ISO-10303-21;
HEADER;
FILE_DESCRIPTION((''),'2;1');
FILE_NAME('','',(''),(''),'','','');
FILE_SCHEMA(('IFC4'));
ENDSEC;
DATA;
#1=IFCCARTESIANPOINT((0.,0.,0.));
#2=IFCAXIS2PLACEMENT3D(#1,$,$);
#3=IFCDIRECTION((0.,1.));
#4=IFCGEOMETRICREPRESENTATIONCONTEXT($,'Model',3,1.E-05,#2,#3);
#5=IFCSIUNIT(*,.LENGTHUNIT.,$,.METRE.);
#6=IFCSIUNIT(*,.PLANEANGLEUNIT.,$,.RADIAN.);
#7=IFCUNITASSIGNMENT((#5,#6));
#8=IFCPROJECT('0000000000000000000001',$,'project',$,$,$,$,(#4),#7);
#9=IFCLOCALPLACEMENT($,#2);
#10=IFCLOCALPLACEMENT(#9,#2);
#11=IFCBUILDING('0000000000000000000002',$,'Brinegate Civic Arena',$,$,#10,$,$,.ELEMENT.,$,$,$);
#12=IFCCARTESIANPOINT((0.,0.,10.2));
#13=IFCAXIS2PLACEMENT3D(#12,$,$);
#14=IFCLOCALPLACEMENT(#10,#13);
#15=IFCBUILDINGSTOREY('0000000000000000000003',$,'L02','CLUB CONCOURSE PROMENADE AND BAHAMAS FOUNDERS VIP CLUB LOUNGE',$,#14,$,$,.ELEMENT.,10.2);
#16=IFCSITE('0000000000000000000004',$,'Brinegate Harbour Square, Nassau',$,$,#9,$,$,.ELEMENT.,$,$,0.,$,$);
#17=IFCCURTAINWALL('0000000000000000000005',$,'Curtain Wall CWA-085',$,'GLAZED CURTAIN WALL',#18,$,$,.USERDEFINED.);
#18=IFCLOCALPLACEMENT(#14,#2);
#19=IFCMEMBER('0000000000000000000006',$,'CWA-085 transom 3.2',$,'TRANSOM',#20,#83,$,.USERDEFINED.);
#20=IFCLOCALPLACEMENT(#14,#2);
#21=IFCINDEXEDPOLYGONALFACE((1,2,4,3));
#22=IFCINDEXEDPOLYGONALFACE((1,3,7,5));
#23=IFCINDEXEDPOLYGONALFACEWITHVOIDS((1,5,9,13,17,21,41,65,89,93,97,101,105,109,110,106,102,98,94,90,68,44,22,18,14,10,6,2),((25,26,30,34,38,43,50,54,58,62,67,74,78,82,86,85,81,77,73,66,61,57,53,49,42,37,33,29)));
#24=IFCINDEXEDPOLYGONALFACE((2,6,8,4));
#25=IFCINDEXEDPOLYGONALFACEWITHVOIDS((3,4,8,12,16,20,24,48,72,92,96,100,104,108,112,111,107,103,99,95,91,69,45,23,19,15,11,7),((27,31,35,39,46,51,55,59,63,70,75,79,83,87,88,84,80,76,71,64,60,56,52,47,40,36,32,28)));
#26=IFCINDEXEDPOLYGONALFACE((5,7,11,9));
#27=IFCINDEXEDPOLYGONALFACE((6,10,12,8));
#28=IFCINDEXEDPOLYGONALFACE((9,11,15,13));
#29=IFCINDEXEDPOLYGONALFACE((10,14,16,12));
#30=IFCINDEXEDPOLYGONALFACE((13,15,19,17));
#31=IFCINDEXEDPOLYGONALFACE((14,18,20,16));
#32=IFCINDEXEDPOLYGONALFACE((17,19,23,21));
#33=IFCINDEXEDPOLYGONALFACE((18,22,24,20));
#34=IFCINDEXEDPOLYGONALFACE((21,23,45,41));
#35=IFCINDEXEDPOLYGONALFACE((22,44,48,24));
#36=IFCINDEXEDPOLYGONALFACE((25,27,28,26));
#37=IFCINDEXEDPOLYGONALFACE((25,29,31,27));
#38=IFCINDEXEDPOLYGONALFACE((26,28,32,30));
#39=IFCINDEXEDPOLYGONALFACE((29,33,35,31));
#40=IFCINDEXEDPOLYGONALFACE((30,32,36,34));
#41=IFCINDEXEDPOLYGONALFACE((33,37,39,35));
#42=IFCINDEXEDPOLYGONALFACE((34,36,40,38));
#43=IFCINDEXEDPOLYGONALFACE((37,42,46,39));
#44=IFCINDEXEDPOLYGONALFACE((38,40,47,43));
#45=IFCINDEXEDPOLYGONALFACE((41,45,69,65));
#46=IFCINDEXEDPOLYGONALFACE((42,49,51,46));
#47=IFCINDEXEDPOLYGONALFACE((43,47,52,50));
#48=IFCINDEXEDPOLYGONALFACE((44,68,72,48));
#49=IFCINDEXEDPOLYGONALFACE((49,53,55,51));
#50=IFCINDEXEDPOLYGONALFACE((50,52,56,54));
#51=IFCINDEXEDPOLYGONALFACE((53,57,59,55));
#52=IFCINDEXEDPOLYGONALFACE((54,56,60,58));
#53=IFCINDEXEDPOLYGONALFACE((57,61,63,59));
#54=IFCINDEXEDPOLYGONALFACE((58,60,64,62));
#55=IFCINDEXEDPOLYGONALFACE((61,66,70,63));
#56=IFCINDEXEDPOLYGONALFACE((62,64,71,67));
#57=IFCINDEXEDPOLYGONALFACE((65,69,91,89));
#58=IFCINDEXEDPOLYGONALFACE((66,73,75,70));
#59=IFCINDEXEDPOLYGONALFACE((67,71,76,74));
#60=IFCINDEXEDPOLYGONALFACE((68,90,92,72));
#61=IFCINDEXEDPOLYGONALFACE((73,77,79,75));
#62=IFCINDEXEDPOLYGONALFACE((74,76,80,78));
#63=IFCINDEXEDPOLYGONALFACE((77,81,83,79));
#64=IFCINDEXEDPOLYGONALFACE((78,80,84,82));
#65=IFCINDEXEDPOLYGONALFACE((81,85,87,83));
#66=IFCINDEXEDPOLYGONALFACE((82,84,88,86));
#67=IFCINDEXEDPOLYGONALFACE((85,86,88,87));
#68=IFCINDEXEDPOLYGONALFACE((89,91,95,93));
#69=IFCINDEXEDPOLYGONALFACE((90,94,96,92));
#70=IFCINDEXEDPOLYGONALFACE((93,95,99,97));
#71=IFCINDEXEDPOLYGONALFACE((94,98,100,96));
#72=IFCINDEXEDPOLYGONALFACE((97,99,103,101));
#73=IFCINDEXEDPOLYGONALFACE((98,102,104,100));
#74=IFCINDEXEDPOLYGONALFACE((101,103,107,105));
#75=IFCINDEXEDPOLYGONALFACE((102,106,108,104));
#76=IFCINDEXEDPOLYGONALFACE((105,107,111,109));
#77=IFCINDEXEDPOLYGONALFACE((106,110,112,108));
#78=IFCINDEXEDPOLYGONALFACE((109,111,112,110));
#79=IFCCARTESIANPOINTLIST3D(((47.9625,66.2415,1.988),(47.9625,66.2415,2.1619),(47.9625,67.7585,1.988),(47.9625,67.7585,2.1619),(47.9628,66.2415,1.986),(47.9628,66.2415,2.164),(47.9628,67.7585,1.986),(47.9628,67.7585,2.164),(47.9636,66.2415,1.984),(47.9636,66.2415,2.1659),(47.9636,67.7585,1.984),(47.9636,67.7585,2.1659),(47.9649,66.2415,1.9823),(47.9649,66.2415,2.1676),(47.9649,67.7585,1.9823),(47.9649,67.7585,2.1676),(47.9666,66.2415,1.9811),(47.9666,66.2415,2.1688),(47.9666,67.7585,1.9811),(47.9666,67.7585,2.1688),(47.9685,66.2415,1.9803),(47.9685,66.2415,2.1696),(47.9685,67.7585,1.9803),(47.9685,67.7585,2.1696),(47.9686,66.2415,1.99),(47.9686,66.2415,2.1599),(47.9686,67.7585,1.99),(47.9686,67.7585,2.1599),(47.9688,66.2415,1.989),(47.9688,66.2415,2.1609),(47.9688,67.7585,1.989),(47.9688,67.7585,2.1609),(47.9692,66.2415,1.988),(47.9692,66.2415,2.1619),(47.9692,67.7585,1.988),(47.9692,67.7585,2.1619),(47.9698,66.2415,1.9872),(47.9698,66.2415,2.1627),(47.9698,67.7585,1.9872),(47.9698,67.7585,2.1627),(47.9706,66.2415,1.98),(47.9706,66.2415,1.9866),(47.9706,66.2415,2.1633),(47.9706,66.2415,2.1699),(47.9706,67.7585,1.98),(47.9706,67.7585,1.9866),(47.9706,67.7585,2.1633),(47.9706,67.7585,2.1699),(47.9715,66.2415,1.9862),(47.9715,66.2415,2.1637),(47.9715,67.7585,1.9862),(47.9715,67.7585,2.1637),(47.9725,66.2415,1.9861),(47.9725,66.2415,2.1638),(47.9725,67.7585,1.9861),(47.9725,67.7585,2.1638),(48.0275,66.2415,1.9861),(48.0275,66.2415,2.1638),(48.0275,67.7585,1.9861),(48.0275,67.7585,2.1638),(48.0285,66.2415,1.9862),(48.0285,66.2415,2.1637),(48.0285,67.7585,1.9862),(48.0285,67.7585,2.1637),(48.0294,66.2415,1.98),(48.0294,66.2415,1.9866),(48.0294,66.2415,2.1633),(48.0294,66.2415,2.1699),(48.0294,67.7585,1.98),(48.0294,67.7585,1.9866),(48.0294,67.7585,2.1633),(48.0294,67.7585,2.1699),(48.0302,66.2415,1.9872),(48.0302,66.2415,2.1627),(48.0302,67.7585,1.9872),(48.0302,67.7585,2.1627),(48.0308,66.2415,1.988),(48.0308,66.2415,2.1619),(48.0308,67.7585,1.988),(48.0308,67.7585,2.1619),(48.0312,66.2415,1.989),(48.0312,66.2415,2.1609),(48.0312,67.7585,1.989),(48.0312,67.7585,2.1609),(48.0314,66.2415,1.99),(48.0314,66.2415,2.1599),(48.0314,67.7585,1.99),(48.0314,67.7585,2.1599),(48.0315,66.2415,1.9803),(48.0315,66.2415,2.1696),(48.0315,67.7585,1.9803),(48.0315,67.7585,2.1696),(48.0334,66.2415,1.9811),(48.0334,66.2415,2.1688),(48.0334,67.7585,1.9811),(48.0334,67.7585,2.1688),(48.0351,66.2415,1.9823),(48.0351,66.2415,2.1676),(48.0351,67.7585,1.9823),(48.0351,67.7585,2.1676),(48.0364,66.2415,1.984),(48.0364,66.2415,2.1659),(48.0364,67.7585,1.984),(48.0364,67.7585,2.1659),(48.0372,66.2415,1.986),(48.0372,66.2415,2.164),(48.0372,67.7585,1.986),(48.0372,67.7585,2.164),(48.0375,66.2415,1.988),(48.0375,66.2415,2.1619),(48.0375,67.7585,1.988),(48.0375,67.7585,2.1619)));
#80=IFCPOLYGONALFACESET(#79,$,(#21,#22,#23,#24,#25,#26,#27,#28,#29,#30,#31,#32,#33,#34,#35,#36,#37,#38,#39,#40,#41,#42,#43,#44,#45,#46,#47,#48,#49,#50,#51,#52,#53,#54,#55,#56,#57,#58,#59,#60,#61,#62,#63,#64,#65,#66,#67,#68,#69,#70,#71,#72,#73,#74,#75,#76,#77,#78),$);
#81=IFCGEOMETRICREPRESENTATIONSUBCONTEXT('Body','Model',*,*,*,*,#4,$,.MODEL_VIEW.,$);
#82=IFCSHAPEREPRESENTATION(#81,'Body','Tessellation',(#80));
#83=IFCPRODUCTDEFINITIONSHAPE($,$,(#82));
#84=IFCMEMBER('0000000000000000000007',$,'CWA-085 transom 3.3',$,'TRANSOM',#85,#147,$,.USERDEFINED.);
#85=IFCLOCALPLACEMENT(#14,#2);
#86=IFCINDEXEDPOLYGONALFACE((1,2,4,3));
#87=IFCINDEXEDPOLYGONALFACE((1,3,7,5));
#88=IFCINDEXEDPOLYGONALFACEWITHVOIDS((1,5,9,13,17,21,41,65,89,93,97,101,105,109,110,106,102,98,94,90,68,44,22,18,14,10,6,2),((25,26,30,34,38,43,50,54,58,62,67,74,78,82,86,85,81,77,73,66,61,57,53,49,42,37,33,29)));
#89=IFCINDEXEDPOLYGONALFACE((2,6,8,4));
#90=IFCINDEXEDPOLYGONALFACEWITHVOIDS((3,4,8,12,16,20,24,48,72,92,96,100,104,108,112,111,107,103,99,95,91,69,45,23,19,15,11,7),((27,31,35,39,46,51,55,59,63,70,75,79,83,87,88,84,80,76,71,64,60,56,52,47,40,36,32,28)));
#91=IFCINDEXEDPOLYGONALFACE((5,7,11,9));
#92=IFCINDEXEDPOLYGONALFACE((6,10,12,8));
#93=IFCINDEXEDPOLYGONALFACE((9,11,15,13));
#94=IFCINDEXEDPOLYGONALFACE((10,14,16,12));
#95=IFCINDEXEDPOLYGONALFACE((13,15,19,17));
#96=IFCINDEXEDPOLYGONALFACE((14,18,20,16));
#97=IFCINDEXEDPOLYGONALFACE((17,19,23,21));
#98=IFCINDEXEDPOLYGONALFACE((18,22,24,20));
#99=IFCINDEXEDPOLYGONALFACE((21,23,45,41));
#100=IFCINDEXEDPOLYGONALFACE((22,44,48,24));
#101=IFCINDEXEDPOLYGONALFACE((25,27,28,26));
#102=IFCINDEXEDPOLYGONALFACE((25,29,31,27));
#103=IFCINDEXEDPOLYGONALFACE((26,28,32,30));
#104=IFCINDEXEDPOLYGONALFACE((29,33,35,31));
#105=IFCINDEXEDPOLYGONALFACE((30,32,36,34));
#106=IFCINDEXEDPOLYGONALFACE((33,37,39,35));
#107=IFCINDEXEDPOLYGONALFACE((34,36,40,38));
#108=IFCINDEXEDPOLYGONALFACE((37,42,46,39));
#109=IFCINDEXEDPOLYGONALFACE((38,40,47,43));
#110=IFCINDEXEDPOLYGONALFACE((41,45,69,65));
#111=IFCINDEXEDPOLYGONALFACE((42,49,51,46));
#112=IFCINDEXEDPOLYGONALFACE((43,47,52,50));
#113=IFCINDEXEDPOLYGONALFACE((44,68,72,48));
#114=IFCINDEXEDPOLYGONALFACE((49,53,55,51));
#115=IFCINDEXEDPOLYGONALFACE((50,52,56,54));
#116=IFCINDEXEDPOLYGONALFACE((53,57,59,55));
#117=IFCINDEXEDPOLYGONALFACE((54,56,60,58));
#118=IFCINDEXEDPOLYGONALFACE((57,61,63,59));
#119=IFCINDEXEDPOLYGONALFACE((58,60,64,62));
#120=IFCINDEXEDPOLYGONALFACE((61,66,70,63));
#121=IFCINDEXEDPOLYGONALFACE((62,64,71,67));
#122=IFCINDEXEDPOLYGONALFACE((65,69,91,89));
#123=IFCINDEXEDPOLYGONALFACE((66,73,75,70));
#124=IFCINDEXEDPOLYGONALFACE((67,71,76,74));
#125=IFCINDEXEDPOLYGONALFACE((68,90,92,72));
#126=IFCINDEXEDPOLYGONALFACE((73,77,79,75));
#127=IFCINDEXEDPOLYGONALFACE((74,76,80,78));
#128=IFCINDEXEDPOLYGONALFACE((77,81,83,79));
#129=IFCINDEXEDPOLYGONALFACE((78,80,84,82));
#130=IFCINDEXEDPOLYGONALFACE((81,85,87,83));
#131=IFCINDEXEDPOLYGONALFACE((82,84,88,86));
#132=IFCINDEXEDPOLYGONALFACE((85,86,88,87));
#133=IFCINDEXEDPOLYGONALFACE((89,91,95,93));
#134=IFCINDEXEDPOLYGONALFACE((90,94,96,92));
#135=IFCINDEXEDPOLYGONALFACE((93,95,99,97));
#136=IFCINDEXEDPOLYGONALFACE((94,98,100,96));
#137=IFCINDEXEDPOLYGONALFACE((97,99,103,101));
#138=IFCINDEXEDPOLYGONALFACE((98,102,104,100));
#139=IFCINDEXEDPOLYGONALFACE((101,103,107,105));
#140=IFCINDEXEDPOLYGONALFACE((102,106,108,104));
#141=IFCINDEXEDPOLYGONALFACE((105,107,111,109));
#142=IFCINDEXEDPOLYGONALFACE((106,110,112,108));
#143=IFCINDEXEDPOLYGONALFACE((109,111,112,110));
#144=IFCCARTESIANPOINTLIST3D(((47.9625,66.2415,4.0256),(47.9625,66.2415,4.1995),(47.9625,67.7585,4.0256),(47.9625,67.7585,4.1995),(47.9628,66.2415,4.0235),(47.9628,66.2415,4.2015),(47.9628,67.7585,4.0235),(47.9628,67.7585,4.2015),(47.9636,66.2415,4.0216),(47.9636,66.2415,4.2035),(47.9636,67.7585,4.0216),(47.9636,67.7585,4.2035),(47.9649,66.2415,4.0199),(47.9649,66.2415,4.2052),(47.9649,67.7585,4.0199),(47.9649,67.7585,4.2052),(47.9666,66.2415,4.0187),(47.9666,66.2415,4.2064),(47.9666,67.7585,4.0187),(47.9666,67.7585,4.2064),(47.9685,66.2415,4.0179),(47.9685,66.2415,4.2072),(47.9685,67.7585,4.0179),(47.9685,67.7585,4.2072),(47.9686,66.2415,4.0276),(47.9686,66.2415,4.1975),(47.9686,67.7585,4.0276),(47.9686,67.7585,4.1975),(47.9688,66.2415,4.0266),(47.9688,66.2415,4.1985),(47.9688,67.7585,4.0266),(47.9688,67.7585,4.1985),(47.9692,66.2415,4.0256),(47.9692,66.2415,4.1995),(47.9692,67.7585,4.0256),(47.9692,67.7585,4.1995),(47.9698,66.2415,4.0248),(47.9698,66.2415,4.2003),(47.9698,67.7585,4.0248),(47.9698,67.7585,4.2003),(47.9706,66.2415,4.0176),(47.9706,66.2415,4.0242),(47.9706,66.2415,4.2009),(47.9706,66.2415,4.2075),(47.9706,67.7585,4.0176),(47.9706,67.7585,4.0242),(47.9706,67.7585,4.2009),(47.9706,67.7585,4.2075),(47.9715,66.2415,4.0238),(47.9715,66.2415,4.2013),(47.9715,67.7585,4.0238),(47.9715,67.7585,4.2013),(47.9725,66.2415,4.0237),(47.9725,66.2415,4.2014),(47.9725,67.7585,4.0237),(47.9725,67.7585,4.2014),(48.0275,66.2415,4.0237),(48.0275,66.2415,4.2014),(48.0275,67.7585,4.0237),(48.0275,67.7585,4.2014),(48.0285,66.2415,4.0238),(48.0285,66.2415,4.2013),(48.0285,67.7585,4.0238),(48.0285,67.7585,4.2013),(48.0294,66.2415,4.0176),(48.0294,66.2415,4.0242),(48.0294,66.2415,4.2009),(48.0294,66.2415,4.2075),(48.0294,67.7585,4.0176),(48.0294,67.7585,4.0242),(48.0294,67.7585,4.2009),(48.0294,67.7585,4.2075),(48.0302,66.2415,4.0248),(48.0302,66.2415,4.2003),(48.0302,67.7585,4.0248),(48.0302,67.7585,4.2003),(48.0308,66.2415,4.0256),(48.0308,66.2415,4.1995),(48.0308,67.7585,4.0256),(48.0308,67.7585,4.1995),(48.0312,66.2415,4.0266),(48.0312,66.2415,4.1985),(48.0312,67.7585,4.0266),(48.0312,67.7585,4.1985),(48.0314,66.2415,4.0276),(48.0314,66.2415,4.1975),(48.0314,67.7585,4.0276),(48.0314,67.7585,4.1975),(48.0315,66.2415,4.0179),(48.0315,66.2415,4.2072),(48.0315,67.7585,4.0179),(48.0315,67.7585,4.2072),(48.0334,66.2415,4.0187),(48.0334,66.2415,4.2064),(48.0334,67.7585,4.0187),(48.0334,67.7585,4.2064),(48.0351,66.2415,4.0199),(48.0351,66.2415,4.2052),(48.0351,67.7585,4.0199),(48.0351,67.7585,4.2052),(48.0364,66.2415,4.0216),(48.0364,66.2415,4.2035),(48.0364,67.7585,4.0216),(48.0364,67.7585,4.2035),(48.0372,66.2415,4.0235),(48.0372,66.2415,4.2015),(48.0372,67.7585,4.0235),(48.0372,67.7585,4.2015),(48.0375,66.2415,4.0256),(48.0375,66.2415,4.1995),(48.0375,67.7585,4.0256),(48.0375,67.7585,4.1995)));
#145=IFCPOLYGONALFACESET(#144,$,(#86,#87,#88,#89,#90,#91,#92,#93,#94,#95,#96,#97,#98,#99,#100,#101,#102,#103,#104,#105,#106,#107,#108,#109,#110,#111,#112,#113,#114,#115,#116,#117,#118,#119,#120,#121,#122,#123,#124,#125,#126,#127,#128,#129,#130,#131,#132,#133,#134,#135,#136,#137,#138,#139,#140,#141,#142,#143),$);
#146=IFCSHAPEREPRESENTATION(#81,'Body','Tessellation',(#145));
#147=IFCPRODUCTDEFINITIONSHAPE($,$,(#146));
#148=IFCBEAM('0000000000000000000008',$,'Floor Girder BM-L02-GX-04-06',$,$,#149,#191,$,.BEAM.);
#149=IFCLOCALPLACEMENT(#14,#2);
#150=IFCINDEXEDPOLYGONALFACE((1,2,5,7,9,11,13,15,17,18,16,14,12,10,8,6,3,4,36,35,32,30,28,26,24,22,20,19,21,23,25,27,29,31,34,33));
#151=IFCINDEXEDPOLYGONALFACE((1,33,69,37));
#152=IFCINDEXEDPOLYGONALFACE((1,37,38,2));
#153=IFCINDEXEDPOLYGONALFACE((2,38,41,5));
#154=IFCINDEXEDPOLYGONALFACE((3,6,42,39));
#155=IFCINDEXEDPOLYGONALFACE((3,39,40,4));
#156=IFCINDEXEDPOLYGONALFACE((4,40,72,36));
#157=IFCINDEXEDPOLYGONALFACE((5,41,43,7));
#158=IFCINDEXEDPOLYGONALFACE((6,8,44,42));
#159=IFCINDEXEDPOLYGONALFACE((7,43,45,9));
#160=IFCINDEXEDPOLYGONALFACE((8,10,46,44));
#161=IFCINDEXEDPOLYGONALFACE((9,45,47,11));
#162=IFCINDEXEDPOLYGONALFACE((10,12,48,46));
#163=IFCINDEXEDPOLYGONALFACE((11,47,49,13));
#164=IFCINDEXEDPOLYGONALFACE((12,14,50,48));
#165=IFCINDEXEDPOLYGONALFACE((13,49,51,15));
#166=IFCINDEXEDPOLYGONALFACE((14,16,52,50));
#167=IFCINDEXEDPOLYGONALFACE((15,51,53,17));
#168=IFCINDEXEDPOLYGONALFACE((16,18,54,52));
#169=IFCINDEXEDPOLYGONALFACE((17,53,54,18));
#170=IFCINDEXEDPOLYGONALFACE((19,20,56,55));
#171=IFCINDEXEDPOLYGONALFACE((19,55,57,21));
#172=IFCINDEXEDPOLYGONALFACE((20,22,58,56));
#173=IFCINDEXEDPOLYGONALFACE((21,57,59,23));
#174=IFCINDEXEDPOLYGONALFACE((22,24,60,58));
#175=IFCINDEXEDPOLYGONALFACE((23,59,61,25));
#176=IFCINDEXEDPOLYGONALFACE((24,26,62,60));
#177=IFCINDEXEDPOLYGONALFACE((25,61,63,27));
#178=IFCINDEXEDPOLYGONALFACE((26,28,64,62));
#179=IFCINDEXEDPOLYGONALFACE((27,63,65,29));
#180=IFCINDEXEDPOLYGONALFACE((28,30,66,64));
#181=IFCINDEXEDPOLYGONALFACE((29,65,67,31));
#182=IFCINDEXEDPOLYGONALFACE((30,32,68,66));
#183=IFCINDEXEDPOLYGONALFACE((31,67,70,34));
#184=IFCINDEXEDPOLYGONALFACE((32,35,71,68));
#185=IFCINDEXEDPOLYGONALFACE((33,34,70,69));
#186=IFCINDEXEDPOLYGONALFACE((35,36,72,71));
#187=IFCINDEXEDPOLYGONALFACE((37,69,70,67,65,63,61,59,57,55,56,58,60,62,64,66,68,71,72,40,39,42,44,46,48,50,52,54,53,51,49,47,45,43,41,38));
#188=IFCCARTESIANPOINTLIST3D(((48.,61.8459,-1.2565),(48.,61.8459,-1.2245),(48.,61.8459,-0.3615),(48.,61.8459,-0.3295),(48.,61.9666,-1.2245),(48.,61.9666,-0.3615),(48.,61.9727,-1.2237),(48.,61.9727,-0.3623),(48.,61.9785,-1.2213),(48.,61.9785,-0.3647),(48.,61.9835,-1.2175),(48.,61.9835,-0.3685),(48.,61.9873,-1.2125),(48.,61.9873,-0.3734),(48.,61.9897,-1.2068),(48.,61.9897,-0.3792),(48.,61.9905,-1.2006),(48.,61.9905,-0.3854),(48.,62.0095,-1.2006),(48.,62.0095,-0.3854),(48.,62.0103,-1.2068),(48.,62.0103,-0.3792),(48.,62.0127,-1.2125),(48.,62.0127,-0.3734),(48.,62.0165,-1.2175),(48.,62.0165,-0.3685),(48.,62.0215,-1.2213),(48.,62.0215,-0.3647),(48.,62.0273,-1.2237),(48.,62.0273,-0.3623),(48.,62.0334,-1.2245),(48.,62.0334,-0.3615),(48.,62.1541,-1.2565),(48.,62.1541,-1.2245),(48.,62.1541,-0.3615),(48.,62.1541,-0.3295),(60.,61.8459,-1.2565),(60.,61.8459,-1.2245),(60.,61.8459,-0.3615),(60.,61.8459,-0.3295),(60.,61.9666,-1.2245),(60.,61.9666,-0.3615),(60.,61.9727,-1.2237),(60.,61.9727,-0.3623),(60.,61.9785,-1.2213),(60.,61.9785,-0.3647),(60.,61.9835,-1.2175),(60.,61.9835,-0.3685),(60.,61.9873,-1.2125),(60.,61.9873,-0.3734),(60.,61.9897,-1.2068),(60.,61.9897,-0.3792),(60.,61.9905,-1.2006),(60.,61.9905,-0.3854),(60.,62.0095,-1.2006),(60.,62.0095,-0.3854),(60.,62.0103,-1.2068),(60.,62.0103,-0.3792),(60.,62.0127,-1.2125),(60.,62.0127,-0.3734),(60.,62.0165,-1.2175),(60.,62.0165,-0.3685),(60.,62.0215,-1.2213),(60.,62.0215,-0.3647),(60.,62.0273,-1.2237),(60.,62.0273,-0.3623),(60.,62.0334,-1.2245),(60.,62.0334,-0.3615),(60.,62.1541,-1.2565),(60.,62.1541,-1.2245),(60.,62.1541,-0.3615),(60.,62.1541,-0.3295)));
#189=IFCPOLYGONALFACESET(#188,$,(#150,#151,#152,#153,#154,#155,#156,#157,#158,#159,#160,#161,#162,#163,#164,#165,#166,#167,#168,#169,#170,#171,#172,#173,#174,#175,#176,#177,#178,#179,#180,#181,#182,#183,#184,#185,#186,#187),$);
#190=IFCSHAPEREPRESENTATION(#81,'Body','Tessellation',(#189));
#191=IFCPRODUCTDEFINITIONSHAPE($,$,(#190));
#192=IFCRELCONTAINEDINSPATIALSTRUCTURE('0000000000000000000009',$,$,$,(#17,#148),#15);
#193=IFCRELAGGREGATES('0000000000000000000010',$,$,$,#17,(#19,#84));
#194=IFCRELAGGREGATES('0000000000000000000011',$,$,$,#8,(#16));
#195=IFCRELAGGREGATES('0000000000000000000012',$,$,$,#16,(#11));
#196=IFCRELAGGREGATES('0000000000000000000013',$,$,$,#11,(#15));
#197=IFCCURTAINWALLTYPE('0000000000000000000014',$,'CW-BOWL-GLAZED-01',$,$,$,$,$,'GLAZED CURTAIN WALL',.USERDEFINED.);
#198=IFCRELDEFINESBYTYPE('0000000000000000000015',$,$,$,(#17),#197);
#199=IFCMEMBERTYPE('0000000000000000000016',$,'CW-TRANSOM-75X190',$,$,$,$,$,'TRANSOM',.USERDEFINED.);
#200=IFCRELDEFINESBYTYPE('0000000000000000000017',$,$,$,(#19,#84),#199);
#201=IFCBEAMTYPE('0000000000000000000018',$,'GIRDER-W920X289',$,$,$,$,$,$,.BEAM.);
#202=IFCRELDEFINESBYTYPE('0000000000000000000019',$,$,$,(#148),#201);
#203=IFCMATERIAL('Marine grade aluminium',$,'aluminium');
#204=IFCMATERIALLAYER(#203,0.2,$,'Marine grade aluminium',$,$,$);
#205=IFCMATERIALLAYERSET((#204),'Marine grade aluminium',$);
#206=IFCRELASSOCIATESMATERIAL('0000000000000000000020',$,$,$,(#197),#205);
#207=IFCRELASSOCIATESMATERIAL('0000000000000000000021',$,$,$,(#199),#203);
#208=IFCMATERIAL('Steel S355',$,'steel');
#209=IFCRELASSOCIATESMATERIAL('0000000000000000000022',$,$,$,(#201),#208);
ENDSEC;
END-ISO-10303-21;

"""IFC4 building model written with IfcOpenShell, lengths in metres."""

from ifc_helpers import new_model, si_unit, direction, frame, origin, origin_2d, place, context, subcontext, project, spatial, hollow_rectangle, i_section, extrude, material, layer, layer_set, material_profile, profile_set, type_object, element, aggregate, save


model = new_model("IFC4")

# Units and contexts
model_context = context("Model", 3, precision=1e-05, world=origin(), true_north=direction((0.0, 1.0)))
body_context = subcontext(model_context, "Body", "Model", "MODEL_VIEW")
ifc_project = project(units=[si_unit("LENGTHUNIT", "METRE"), si_unit("PLANEANGLEUNIT", "RADIAN")], contexts=[model_context])

# Site, building, storey
site_placement = place(None, origin())
site = spatial("IfcSite", under=ifc_project, at=site_placement, Name="Brinegate Harbour Square, Nassau", CompositionType="ELEMENT", RefElevation=0.0)
building_placement = place(site_placement, origin())
building = spatial("IfcBuilding", under=site, at=building_placement, Name="Brinegate Civic Arena", CompositionType="ELEMENT")
storey_placement = place(building_placement, frame((0.0, 0.0, 10.2)))
storey = spatial("IfcBuildingStorey", under=building, at=storey_placement, Name="L02", Description="CLUB CONCOURSE PROMENADE AND BAHAMAS FOUNDERS VIP CLUB LOUNGE", CompositionType="ELEMENT", Elevation=10.2)

# Curtain wall
ifc_material_1 = material(Name="Marine grade aluminium", Category="aluminium")
ifc_layer_1 = layer(ifc_material_1, 0.2, Name="Marine grade aluminium")
ifc_layer_set_1 = layer_set([ifc_layer_1], Name="Marine grade aluminium")
curtain_wall_type = type_object("IfcCurtainWallType", Name="CW-BOWL-GLAZED-01", ElementType="GLAZED CURTAIN WALL", PredefinedType="USERDEFINED", material=ifc_layer_set_1)
curtain_wall_1_placement = place(storey_placement, origin())
curtain_wall_1 = element("IfcCurtainWall", 1, at=curtain_wall_1_placement, inside=storey, type_object=curtain_wall_type, Name="Curtain Wall CWA-085", ObjectType="GLAZED CURTAIN WALL", PredefinedType="USERDEFINED")

# Members
ifc_material_profile_1 = material_profile(ifc_material_1, hollow_rectangle(XDim=0.075, YDim=0.1899, WallThickness=0.0061, InnerFilletRadius=0.0039, OuterFilletRadius=0.0081, at=origin_2d()), Name="TRN75X190")
ifc_profile_set_1 = profile_set([ifc_material_profile_1], Name="Marine grade aluminium")
member_type_1 = type_object("IfcMemberType", Name="CW-TRANSOM-75X190", ElementType="TRANSOM", PredefinedType="USERDEFINED", material=ifc_profile_set_1)
member_1_placement = place(storey_placement, frame((48.0, 66.2415, 2.075), z_axis=(0.0, 1.0, 0.0), x_axis=(-1.0, 0.0, 0.0)))
member_1 = element("IfcMember", 2, at=member_1_placement, type_object=member_type_1, Name="CWA-085 transom 3.2", ObjectType="TRANSOM", PredefinedType="USERDEFINED", context=body_context, shape_type="SweptSolid", body=[
    extrude(hollow_rectangle(XDim=0.075, YDim=0.1899, WallThickness=0.0061, InnerFilletRadius=0.0039, OuterFilletRadius=0.0081, at=origin_2d()), origin(), (0.0, 0.0, 1.0), 1.5171),
])
member_2_placement = place(storey_placement, frame((48.0, 66.2415, 4.1125), z_axis=(0.0, 1.0, 0.0), x_axis=(-1.0, 0.0, 0.0)))
member_2 = element("IfcMember", 3, at=member_2_placement, type_object=member_type_1, Name="CWA-085 transom 3.3", ObjectType="TRANSOM", PredefinedType="USERDEFINED", context=body_context, shape_type="SweptSolid", body=[
    extrude(hollow_rectangle(XDim=0.075, YDim=0.1899, WallThickness=0.0061, InnerFilletRadius=0.0039, OuterFilletRadius=0.0081, at=origin_2d()), origin(), (0.0, 0.0, 1.0), 1.5171),
])

# Beam
ifc_material_2 = material(Name="Steel S355", Category="steel")
ifc_material_profile_2 = material_profile(ifc_material_2, i_section(OverallWidth=0.3081, OverallDepth=0.927, WebThickness=0.019, FlangeThickness=0.032, FilletRadius=0.0239, at=origin_2d()), Name="W920X289")
ifc_profile_set_2 = profile_set([ifc_material_profile_2], Name="Steel S355")
beam_type_1 = type_object("IfcBeamType", Name="GIRDER-W920X289", PredefinedType="BEAM", material=ifc_profile_set_2)
beam_1_placement = place(storey_placement, frame((48.0, 62.0, -0.793), z_axis=(1.0, 0.0, 0.0), x_axis=(0.0, 1.0, 0.0)))
element("IfcBeam", 4, at=beam_1_placement, inside=storey, type_object=beam_type_1, Name="Floor Girder BM-L02-GX-04-06", PredefinedType="BEAM", context=body_context, shape_type="SweptSolid", body=[
    extrude(i_section(OverallWidth=0.3081, OverallDepth=0.927, WebThickness=0.019, FlangeThickness=0.032, FilletRadius=0.0239, at=origin_2d()), origin(), (0.0, 0.0, 1.0), 12.0),
])

aggregate(curtain_wall_1, [member_1, member_2])

save(model, "model.ifc")
